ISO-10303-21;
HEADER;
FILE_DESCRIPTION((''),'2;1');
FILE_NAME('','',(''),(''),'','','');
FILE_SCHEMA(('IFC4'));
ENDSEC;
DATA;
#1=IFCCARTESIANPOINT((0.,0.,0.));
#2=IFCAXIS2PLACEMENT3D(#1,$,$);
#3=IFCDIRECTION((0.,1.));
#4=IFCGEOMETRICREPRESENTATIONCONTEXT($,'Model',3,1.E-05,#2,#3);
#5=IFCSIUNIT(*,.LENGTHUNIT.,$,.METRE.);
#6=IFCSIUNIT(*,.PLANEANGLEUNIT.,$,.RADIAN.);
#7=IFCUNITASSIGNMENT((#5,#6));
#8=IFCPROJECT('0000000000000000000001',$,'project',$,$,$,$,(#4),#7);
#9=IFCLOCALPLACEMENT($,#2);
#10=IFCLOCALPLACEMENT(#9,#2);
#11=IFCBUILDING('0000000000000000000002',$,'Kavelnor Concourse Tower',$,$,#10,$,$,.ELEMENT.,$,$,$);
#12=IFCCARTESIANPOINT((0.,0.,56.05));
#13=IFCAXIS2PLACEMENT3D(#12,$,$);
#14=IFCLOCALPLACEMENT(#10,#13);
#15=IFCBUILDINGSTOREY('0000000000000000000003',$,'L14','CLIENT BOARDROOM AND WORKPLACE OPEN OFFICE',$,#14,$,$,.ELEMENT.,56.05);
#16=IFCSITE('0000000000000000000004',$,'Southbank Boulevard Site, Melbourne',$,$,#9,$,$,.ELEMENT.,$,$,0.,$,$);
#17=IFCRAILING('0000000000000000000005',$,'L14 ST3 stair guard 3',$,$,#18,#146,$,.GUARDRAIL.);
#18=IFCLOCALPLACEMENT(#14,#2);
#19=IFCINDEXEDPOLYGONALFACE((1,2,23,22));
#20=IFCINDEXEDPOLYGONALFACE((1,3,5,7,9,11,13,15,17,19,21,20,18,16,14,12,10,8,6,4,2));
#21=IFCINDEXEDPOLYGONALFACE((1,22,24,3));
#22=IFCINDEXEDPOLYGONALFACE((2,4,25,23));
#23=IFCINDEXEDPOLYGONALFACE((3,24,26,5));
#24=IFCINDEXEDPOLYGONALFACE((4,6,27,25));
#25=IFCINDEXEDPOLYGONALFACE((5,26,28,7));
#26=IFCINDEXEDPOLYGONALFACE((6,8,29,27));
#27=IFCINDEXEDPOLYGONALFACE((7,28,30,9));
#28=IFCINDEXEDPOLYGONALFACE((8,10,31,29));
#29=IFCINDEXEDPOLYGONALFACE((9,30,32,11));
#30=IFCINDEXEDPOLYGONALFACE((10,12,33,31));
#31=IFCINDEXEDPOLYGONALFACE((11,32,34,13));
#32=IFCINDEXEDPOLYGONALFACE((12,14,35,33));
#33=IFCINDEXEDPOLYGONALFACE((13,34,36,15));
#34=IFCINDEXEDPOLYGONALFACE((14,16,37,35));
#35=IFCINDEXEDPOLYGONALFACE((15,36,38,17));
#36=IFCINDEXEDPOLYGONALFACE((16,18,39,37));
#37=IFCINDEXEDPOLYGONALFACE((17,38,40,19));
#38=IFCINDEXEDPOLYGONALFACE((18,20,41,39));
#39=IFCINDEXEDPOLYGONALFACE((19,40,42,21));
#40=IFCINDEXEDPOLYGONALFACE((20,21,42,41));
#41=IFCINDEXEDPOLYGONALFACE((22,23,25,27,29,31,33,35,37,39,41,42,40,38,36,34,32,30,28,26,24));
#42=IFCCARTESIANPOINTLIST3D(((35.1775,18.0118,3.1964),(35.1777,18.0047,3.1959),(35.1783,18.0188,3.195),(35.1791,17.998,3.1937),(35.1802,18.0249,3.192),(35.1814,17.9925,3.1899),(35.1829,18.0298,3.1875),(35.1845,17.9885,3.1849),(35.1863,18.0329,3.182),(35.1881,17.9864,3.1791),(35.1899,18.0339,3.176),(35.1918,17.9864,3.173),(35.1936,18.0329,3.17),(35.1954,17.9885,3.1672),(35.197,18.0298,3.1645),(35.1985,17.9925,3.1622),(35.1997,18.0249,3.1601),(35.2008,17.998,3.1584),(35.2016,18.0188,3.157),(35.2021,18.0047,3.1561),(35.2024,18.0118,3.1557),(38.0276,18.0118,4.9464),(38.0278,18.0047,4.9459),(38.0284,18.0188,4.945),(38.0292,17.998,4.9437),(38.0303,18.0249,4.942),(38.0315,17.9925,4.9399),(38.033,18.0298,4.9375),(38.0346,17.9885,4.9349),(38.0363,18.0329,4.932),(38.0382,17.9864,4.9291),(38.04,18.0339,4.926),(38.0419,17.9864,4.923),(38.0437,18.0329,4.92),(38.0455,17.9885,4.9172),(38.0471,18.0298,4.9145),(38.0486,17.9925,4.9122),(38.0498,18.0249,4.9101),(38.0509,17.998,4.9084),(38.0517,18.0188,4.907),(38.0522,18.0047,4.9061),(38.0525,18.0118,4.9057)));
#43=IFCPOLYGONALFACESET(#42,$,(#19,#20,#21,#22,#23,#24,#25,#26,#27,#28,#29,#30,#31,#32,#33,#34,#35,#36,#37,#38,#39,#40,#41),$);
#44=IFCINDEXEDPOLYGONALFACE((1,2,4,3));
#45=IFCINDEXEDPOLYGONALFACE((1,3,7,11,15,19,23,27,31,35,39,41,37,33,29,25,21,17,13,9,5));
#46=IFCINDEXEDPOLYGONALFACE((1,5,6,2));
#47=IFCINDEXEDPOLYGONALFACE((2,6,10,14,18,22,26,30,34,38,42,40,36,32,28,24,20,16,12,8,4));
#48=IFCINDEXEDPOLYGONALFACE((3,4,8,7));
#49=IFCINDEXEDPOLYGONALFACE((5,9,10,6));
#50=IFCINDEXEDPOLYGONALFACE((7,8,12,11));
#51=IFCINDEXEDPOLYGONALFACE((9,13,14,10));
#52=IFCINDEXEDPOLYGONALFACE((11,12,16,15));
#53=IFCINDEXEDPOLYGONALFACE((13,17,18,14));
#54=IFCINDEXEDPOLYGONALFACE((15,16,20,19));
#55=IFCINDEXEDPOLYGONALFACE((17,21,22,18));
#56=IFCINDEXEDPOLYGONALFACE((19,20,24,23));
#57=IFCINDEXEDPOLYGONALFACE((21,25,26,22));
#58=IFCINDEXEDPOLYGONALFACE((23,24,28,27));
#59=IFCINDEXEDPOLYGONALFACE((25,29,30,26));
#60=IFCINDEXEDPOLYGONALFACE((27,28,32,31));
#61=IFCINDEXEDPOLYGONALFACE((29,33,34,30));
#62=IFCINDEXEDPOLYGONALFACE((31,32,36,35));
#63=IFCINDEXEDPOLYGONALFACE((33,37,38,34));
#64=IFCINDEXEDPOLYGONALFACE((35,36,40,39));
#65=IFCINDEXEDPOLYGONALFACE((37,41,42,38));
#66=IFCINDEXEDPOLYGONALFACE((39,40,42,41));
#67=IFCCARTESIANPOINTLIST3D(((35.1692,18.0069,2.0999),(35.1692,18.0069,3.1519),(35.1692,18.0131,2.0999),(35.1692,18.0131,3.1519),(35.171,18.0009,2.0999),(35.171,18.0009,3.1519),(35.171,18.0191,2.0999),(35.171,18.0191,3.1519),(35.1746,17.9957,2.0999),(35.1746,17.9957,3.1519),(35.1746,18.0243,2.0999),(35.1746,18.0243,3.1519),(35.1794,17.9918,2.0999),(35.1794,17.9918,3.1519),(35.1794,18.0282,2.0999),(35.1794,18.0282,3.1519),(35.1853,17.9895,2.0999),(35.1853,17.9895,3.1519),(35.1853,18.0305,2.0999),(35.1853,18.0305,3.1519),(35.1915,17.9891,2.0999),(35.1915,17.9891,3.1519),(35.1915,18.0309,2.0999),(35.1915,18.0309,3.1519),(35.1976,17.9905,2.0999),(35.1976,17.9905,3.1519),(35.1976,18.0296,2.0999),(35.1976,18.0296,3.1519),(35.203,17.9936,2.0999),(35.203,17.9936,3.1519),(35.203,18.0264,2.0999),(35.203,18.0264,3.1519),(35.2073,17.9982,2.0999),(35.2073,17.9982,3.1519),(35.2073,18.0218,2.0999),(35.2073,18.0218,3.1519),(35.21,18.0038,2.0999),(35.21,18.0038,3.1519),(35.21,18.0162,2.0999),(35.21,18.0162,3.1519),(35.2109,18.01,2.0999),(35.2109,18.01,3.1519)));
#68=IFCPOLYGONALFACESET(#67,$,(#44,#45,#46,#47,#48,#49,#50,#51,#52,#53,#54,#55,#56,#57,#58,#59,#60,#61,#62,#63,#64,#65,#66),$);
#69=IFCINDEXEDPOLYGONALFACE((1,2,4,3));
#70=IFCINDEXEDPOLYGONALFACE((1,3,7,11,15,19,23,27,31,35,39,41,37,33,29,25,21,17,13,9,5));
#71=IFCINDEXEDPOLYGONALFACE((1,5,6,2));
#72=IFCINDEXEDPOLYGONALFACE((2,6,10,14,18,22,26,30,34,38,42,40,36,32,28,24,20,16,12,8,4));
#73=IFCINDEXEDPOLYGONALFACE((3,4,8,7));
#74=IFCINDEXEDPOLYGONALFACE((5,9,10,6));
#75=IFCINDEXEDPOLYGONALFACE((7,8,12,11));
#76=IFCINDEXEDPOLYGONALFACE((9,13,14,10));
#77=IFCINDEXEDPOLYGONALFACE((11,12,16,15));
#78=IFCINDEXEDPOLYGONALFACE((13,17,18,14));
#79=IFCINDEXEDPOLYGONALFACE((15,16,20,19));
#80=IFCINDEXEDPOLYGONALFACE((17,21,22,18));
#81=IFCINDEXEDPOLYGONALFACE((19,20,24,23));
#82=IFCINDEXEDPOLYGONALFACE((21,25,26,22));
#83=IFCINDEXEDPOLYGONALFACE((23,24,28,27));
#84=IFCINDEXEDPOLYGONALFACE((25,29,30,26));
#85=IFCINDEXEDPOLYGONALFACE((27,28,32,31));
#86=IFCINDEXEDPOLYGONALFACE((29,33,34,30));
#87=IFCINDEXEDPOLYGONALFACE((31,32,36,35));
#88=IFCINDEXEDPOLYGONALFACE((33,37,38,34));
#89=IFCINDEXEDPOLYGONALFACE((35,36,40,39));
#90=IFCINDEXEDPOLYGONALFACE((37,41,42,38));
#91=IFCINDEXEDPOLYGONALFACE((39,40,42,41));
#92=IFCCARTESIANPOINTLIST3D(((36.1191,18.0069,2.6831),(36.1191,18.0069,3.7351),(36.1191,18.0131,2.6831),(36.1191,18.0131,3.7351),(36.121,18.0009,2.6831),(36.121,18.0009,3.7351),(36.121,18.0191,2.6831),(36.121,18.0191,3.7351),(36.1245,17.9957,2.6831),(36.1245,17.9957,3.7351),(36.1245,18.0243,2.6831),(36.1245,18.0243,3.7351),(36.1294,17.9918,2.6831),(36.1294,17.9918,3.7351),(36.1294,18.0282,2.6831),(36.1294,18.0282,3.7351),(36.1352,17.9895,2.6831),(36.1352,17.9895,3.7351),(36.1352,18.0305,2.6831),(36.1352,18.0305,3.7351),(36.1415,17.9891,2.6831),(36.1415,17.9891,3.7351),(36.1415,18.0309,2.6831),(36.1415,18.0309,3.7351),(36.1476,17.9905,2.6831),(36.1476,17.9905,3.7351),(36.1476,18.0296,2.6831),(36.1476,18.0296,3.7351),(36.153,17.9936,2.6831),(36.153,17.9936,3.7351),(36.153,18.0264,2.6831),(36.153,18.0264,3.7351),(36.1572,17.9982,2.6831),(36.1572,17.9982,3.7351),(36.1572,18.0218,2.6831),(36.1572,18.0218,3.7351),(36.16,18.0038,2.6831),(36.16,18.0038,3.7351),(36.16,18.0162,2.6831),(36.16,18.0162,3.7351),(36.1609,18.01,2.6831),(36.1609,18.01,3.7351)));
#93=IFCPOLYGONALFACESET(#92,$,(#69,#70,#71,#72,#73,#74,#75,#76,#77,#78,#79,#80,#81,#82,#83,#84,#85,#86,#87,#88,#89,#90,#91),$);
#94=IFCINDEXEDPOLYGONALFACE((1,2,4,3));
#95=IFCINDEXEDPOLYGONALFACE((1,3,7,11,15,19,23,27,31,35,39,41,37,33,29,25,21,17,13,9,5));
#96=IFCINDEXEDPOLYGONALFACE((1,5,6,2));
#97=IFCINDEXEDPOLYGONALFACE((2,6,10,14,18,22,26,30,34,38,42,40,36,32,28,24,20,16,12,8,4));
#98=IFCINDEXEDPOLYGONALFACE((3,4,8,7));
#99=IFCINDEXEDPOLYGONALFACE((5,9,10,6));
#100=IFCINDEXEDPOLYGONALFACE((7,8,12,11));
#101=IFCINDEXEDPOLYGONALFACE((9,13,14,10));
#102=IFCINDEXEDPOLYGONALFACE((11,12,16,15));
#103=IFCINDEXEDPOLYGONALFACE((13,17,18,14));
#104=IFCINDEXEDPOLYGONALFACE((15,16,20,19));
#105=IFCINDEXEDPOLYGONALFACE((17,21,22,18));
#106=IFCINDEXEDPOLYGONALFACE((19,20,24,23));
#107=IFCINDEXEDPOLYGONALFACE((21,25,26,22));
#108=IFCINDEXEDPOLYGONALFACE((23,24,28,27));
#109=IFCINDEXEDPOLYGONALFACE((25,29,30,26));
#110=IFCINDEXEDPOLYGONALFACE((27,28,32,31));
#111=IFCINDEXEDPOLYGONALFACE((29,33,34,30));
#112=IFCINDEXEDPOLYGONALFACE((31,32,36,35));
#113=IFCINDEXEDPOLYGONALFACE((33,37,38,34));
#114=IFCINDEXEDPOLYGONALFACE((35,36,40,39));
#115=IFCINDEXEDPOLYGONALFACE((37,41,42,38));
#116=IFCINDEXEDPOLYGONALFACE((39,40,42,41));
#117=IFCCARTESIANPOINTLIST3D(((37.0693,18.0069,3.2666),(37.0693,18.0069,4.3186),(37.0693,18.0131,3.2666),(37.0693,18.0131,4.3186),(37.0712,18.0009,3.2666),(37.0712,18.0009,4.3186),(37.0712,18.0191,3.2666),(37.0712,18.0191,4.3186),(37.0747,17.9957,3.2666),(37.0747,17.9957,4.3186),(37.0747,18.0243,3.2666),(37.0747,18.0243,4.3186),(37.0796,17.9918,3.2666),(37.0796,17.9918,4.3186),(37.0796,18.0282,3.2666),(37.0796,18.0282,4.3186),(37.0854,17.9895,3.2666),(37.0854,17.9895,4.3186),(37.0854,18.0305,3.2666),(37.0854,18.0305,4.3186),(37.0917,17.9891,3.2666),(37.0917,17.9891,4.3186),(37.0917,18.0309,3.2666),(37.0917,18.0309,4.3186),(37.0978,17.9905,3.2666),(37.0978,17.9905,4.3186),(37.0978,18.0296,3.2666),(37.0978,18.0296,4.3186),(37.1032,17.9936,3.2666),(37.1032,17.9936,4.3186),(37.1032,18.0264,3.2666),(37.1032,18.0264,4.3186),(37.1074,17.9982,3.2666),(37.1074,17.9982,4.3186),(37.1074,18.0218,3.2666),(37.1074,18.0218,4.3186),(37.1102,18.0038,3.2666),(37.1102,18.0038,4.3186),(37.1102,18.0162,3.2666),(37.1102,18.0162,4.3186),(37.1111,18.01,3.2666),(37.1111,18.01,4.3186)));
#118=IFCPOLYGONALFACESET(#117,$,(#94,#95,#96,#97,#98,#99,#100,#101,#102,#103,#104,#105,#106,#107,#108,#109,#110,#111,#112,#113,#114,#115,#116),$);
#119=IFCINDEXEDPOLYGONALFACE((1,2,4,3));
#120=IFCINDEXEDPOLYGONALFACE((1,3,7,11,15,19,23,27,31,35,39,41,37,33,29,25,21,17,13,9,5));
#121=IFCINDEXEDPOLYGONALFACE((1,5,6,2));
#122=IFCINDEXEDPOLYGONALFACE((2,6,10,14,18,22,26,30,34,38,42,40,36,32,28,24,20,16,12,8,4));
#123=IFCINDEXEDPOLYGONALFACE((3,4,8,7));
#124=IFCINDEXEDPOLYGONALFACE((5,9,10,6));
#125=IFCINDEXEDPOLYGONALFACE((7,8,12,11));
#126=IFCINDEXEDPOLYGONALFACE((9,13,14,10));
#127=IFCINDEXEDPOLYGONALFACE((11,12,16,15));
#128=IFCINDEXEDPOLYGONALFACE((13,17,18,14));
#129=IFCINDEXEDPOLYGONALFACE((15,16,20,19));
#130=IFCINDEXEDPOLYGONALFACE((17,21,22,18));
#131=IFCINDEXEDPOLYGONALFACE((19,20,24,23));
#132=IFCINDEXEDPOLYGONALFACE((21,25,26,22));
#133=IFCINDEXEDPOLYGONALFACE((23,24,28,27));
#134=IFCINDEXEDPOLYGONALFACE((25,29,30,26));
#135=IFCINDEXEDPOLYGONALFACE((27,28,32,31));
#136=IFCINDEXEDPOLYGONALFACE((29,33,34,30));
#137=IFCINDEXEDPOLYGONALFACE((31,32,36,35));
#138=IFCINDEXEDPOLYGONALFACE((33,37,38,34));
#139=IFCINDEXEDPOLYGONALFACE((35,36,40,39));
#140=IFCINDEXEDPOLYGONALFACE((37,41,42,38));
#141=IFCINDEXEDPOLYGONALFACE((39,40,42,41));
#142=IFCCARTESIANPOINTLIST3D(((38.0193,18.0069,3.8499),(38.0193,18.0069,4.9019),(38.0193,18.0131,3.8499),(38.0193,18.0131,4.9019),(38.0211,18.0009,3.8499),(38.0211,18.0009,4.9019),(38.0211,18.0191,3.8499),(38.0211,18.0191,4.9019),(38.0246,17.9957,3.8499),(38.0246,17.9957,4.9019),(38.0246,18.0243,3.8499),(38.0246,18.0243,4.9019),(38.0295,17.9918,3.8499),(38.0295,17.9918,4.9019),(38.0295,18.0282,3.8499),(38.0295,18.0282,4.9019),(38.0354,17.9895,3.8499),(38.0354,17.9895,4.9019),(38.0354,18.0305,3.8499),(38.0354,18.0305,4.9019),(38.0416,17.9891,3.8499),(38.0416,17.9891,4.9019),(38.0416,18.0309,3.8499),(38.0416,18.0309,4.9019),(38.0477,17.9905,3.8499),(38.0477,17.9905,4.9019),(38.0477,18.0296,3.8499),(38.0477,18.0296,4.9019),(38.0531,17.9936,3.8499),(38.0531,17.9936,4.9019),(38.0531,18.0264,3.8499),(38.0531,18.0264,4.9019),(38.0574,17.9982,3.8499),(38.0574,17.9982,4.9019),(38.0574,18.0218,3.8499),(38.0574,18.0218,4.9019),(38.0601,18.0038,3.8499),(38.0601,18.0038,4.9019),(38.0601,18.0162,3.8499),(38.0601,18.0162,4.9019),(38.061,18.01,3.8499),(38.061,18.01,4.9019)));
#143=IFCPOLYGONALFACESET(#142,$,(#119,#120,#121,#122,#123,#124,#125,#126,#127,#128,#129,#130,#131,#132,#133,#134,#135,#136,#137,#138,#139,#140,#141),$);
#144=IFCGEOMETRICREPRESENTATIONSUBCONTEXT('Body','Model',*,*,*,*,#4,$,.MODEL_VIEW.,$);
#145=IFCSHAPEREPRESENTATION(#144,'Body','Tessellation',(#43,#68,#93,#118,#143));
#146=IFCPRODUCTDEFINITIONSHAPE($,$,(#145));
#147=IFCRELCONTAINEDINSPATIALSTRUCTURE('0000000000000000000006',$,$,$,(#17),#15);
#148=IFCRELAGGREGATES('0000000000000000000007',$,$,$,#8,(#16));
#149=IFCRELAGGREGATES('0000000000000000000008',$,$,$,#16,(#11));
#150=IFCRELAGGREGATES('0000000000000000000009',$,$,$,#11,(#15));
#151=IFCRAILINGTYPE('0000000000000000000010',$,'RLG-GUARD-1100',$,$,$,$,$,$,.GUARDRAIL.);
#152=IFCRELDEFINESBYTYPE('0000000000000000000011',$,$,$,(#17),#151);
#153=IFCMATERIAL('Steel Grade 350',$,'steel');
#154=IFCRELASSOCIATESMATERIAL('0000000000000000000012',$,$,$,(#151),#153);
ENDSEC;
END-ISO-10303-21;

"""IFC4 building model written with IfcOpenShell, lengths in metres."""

from ifc_helpers import new_model, si_unit, direction, frame, origin, origin_2d, place, context, subcontext, project, spatial, circle, extrude, material, type_object, element, save


model = new_model("IFC4")

# Units and contexts
model_context = context("Model", 3, precision=1e-05, world=origin(), true_north=direction((0.0, 1.0)))
body_context = subcontext(model_context, "Body", "Model", "MODEL_VIEW")
ifc_project = project(units=[si_unit("LENGTHUNIT", "METRE"), si_unit("PLANEANGLEUNIT", "RADIAN")], contexts=[model_context])

# Site, building, storey
site_placement = place(None, origin())
site = spatial("IfcSite", under=ifc_project, at=site_placement, Name="Southbank Boulevard Site, Melbourne", CompositionType="ELEMENT", RefElevation=0.0)
building_placement = place(site_placement, origin())
building = spatial("IfcBuilding", under=site, at=building_placement, Name="Kavelnor Concourse Tower", CompositionType="ELEMENT")
storey_placement = place(building_placement, frame((0.0, 0.0, 56.05)))
storey = spatial("IfcBuildingStorey", under=building, at=storey_placement, Name="L14", Description="CLIENT BOARDROOM AND WORKPLACE OPEN OFFICE", CompositionType="ELEMENT", Elevation=56.05)

# Shared definitions
ifc_material_1 = material(Name="Steel Grade 350", Category="steel")

# Railing
railing_type_1 = type_object("IfcRailingType", Name="RLG-GUARD-1100", PredefinedType="GUARDRAIL", material=ifc_material_1)
railing_1_placement = place(storey_placement, frame((35.1899, 18.01, 2.0999)))
element("IfcRailing", 1, at=railing_1_placement, inside=storey, type_object=railing_type_1, Name="L14 ST3 stair guard 3", PredefinedType="GUARDRAIL", context=body_context, shape_type="SweptSolid", body=[
    extrude(circle(Radius=0.0239, at=origin_2d()), frame((0.0, 0.0, 1.0762), z_axis=(0.852179, 0.0, 0.52325), x_axis=(0.0, 1.0, 0.0)), (0.0, 0.0, 1.0), 3.3445),
    extrude(circle(Radius=0.021, at=origin_2d()), origin(), (0.0, 0.0, 1.0), 1.052),
    extrude(circle(Radius=0.021, at=origin_2d()), frame((0.95, 0.0, 0.5833)), (0.0, 0.0, 1.0), 1.052),
    extrude(circle(Radius=0.021, at=origin_2d()), frame((1.9001, 0.0, 1.1667)), (0.0, 0.0, 1.0), 1.052),
    extrude(circle(Radius=0.021, at=origin_2d()), frame((2.8501, 0.0, 1.75)), (0.0, 0.0, 1.0), 1.052),
])

save(model, "model.ifc")
